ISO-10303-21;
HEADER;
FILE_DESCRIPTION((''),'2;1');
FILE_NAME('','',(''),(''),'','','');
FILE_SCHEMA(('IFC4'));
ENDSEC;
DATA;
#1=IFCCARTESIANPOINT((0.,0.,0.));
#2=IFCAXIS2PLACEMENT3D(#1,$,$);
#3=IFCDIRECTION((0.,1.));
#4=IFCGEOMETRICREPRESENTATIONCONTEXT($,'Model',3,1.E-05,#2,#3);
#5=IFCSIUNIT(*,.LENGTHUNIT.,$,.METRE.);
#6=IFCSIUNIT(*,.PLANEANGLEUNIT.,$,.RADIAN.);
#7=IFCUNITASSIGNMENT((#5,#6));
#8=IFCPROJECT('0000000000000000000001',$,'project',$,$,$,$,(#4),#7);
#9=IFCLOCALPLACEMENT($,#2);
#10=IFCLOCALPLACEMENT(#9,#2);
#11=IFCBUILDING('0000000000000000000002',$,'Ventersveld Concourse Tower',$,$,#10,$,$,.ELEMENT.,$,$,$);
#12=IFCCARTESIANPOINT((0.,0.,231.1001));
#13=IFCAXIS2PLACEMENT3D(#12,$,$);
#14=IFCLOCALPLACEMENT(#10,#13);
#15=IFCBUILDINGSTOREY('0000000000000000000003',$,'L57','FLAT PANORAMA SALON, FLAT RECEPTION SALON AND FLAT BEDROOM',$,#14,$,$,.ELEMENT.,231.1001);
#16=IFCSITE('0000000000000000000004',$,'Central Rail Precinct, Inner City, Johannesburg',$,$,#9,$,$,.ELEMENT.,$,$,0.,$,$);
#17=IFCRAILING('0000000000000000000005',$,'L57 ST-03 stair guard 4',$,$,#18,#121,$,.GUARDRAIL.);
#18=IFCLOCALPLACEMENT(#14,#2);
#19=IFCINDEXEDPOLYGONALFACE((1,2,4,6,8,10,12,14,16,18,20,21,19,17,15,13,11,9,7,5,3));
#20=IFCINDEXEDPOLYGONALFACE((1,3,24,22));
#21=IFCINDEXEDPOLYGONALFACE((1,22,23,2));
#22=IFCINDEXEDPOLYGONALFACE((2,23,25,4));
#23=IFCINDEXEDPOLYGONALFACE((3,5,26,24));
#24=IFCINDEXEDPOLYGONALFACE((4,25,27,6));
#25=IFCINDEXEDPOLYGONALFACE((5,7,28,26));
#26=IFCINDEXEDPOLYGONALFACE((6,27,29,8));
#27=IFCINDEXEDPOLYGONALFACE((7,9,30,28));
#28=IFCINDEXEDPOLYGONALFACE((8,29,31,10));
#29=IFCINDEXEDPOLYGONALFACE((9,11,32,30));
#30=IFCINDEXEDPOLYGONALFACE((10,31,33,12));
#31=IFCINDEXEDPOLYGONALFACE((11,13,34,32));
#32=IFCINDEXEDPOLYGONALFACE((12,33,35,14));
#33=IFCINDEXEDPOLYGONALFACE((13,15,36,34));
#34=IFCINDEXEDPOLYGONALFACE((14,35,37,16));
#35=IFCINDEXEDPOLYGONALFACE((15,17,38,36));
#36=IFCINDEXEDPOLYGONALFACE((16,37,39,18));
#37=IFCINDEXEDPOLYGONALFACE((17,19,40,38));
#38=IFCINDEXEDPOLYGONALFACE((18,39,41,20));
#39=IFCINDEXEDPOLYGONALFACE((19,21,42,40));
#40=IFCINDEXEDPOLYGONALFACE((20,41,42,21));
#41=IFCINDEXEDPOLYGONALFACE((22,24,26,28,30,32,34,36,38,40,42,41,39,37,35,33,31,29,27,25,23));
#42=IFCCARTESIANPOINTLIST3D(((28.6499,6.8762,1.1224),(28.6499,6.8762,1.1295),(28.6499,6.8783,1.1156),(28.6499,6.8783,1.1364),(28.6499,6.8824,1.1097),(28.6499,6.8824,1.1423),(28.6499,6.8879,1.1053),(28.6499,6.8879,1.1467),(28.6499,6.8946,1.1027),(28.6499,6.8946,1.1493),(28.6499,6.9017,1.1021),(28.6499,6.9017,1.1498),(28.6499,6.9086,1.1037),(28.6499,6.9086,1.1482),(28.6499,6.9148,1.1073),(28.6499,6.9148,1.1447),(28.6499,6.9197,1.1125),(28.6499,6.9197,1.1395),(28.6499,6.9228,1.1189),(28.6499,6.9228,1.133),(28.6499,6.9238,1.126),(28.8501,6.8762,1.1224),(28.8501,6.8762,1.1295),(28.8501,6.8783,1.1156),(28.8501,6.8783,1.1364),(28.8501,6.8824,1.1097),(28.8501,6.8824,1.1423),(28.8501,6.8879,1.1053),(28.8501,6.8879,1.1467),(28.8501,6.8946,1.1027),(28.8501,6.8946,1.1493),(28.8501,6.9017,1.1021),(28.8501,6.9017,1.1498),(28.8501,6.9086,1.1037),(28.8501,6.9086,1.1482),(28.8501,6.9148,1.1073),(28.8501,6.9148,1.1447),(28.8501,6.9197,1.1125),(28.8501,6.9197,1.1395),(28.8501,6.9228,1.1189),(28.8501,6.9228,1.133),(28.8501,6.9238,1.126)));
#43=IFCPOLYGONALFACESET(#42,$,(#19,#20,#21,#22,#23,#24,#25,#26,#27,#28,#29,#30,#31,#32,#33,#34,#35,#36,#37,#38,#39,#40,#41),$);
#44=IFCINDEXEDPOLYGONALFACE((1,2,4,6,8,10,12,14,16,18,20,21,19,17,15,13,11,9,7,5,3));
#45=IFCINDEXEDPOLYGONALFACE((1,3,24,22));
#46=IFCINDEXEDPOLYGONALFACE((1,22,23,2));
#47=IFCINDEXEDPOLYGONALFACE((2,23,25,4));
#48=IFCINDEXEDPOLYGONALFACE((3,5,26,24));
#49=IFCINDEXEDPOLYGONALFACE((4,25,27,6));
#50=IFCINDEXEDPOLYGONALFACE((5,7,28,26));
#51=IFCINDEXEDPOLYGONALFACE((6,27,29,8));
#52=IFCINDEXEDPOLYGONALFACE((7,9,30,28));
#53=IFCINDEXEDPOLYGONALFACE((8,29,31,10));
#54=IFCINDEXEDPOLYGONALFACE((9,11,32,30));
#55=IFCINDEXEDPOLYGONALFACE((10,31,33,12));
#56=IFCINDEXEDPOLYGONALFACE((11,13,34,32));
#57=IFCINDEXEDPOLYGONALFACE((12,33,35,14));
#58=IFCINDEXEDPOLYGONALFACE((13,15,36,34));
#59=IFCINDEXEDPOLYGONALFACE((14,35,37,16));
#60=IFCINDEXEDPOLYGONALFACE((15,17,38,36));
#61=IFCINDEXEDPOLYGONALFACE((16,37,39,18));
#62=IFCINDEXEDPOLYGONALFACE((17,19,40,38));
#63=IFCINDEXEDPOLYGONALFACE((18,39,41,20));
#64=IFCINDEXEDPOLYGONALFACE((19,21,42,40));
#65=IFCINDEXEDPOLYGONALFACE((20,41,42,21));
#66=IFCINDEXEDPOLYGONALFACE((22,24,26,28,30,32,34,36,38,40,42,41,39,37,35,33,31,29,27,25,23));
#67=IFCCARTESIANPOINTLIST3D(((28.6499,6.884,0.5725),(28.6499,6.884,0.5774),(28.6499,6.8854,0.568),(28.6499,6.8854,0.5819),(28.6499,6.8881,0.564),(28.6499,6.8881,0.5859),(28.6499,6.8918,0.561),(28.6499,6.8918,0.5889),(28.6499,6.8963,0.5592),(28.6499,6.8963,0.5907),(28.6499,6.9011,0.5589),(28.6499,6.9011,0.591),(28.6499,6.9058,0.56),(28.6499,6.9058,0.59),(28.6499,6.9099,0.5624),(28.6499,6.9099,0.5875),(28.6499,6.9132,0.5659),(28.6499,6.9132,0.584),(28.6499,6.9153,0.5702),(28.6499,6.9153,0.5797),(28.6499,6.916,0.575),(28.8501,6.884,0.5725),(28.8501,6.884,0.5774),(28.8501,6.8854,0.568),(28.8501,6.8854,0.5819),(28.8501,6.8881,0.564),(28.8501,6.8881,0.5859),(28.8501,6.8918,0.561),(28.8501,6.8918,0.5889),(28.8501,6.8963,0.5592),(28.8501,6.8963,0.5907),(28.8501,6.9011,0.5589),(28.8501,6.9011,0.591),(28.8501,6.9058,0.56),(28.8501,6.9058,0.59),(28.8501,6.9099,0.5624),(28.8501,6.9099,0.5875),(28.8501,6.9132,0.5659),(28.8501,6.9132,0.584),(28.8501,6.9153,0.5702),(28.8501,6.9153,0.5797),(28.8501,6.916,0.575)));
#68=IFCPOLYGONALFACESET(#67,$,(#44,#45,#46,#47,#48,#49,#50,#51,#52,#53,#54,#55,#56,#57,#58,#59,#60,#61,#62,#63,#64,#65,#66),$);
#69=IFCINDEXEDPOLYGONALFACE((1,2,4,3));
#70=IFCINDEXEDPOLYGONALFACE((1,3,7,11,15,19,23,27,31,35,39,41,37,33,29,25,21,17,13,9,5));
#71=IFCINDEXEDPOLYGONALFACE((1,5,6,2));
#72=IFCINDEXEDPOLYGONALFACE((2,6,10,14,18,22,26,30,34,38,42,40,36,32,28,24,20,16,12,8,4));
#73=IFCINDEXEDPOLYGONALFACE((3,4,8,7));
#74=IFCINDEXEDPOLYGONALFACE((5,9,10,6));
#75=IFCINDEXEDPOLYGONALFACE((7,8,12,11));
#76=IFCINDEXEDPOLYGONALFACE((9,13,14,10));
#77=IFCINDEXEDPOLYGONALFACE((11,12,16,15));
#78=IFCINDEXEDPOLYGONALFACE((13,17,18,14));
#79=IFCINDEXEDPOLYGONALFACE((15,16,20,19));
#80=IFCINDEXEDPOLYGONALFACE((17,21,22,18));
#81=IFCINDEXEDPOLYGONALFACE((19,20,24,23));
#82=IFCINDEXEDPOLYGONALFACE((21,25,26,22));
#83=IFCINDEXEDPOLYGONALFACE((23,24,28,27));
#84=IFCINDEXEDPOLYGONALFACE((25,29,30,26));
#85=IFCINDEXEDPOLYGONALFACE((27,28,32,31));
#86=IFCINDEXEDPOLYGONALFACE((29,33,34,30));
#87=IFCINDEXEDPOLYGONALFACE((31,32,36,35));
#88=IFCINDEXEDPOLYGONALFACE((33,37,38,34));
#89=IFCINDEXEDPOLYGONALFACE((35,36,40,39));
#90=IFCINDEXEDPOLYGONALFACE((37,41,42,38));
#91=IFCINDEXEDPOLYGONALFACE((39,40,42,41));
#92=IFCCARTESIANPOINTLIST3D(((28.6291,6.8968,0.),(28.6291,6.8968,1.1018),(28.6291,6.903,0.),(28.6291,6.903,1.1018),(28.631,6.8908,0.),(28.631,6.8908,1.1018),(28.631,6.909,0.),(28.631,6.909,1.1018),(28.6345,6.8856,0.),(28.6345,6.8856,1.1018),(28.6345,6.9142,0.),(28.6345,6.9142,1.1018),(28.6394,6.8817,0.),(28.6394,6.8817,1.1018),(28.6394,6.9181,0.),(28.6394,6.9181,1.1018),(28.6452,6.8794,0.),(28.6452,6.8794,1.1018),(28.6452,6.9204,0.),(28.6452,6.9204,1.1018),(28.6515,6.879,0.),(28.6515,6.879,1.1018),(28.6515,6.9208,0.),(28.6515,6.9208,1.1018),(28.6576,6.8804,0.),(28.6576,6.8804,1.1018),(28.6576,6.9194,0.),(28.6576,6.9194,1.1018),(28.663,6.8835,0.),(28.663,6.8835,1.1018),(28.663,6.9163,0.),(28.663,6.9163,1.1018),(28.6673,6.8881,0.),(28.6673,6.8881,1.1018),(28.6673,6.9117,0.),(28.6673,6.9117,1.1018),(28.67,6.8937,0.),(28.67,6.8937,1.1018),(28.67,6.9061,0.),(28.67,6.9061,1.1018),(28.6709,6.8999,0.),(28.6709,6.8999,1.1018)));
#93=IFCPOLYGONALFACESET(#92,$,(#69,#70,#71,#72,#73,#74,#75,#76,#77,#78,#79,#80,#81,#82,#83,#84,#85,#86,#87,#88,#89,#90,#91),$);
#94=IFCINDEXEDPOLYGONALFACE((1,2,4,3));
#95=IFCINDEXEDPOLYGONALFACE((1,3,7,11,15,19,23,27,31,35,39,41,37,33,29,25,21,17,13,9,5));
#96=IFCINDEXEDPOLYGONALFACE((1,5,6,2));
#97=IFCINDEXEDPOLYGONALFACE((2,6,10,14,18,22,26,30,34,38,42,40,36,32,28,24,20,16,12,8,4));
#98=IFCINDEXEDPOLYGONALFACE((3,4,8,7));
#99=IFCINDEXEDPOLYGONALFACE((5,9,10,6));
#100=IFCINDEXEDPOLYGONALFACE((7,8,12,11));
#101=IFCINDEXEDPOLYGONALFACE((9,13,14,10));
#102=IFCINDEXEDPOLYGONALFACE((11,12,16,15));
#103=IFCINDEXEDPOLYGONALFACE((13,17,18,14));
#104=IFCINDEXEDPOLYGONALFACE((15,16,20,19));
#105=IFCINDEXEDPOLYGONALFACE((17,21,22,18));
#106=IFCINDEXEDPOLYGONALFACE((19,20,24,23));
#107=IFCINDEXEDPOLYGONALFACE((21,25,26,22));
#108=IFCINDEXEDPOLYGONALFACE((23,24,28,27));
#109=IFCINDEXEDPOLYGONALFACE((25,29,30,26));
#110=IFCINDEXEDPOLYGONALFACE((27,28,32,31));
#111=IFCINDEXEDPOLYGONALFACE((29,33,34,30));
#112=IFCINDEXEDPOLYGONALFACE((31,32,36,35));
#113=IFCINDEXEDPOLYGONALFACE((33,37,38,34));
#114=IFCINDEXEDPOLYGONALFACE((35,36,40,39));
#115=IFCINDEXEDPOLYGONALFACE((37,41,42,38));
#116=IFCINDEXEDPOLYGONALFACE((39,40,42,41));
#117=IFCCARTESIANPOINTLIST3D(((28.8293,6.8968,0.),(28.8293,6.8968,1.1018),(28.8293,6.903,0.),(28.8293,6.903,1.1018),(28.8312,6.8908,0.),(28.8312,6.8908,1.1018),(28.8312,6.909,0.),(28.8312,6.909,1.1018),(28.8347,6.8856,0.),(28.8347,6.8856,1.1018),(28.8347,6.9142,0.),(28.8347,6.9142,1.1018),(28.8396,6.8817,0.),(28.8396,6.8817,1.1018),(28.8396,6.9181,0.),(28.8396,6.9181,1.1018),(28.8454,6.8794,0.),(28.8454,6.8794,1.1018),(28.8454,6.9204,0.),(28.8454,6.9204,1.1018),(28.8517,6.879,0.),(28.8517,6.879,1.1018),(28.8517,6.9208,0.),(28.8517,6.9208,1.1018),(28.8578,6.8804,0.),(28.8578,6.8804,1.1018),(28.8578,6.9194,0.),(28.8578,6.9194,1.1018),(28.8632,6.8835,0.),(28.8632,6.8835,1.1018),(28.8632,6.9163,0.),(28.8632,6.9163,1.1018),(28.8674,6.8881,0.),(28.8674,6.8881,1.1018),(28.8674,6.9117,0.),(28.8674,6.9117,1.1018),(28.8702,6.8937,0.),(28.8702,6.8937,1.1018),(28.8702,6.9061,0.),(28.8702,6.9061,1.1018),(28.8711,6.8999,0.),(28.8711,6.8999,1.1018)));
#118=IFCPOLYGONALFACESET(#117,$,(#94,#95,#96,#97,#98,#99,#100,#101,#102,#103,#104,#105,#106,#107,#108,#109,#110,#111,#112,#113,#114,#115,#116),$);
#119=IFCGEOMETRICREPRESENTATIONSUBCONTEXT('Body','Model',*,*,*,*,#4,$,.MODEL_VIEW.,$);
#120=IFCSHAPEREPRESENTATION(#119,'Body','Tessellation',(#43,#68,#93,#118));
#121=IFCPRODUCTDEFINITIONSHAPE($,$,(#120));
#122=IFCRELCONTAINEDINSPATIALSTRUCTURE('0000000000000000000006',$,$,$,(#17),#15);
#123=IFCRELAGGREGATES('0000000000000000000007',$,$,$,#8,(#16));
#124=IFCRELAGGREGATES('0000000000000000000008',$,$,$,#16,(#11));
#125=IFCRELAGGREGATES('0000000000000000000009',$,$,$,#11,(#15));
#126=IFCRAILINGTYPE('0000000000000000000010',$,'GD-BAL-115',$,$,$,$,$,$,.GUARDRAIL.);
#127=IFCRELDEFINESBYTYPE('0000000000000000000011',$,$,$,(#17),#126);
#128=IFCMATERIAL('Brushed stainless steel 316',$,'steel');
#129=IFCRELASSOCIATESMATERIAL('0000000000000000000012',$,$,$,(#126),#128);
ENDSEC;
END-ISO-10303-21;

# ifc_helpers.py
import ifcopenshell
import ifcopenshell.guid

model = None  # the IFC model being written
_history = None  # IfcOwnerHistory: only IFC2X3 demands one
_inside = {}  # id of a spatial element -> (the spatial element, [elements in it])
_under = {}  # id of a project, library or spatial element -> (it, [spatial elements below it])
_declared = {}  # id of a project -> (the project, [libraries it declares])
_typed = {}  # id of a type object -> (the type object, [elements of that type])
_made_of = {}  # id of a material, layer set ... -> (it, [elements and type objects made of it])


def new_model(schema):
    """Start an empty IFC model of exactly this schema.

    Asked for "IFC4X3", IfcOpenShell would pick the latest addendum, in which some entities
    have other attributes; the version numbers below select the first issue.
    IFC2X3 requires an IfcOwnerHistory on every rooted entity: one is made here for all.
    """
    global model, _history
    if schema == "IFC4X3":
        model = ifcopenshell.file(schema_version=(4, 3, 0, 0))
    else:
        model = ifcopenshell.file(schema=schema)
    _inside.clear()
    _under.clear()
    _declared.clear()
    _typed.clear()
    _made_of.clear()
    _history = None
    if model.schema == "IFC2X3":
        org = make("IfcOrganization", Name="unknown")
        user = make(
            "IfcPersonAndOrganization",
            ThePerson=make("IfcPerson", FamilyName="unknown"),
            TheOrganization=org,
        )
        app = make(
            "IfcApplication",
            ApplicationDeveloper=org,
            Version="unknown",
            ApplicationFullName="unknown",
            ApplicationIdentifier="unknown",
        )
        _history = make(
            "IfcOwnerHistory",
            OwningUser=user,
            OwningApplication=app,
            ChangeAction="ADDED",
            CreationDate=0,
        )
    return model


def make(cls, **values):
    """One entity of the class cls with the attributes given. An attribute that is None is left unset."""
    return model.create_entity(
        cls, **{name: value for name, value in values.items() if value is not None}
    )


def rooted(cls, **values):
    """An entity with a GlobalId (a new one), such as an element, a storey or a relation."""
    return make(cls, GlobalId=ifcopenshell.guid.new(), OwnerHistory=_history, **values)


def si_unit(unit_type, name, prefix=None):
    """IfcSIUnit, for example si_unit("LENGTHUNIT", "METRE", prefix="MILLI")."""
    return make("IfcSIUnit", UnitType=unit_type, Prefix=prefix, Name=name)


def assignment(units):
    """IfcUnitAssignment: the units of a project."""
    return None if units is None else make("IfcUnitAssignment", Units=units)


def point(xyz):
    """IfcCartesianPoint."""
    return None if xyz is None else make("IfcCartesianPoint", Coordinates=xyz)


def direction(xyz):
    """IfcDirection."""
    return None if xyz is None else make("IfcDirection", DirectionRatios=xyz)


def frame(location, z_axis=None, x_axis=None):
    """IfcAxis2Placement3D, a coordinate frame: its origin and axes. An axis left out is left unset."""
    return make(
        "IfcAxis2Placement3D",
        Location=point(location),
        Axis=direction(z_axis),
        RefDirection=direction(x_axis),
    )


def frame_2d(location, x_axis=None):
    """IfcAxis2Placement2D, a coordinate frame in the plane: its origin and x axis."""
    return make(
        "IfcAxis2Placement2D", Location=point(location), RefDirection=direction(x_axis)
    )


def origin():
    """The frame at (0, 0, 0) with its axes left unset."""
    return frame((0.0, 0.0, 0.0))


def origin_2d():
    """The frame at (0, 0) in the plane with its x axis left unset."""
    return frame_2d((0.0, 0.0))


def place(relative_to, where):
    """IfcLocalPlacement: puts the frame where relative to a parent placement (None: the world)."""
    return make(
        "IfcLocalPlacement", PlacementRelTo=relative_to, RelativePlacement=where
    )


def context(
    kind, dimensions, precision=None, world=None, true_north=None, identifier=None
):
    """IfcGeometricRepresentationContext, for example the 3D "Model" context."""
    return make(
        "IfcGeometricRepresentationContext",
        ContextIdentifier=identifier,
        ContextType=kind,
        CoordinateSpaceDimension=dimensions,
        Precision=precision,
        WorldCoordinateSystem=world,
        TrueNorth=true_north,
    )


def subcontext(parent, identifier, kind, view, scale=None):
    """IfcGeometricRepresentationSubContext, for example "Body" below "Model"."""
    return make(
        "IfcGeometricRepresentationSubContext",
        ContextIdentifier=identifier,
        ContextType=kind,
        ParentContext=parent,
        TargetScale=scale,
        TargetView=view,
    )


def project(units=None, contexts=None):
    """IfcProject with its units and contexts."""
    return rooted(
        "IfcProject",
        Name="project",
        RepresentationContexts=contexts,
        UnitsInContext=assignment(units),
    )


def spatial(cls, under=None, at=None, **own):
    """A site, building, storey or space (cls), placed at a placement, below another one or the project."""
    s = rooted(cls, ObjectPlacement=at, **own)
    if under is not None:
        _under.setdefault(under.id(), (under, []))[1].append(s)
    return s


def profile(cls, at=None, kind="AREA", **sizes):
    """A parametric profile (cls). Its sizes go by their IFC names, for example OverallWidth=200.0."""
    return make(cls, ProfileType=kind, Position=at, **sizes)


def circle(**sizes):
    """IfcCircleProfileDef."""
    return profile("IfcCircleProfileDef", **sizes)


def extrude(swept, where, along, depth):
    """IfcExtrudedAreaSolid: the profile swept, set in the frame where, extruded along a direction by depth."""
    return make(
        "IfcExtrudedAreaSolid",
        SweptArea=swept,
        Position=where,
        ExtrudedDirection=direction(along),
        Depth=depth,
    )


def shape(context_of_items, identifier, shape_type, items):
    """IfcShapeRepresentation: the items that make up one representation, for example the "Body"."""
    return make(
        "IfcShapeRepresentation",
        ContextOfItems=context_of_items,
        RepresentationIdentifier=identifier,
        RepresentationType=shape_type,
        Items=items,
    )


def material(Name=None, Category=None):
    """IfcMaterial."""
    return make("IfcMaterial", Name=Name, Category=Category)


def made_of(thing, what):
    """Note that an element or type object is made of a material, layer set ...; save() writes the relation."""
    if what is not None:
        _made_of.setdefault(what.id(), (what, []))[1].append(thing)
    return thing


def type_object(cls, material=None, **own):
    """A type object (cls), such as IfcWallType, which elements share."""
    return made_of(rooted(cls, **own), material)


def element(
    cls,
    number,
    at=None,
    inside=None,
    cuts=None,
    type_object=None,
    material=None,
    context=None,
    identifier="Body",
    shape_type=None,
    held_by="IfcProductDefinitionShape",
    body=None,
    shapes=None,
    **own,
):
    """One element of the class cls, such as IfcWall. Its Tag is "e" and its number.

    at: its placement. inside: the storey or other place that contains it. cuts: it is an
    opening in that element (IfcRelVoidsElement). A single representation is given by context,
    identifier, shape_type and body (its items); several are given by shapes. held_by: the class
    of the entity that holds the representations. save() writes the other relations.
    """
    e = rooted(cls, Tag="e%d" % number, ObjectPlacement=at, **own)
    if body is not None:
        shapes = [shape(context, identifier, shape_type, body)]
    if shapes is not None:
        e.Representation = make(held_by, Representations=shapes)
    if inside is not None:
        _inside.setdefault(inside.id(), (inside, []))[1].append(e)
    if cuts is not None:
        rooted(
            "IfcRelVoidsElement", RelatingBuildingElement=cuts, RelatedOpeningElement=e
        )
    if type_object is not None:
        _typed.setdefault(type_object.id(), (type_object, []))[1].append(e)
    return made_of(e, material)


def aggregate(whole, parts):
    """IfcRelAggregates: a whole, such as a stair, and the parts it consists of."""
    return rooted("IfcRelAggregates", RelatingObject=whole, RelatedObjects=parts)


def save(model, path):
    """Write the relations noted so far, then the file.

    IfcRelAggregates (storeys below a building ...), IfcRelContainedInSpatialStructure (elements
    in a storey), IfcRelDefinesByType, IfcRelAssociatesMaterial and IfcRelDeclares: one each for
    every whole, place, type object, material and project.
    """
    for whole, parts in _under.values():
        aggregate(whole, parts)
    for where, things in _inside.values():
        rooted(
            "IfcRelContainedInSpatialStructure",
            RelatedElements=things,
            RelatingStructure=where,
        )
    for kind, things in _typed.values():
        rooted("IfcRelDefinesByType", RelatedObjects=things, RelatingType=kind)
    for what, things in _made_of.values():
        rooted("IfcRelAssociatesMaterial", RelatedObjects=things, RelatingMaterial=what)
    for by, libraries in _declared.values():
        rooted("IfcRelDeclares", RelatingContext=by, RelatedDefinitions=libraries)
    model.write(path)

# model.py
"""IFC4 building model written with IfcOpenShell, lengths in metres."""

from ifc_helpers import new_model, si_unit, direction, frame, origin, origin_2d, place, context, subcontext, project, spatial, circle, extrude, material, type_object, element, save


model = new_model("IFC4")

# Units and contexts
model_context = context("Model", 3, precision=1e-05, world=origin(), true_north=direction((0.0, 1.0)))
body_context = subcontext(model_context, "Body", "Model", "MODEL_VIEW")
ifc_project = project(units=[si_unit("LENGTHUNIT", "METRE"), si_unit("PLANEANGLEUNIT", "RADIAN")], contexts=[model_context])

# Site, building, storey
site_placement = place(None, origin())
site = spatial("IfcSite", under=ifc_project, at=site_placement, Name="Central Rail Precinct, Inner City, Johannesburg", CompositionType="ELEMENT", RefElevation=0.0)
building_placement = place(site_placement, origin())
building = spatial("IfcBuilding", under=site, at=building_placement, Name="Ventersveld Concourse Tower", CompositionType="ELEMENT")
storey_placement = place(building_placement, frame((0.0, 0.0, 231.1001)))
storey = spatial("IfcBuildingStorey", under=building, at=storey_placement, Name="L57", Description="FLAT PANORAMA SALON, FLAT RECEPTION SALON AND FLAT BEDROOM", CompositionType="ELEMENT", Elevation=231.1001)

# Railing
ifc_material_1 = material(Name="Brushed stainless steel 316", Category="steel")
railing_type_1 = type_object("IfcRailingType", Name="GD-BAL-115", PredefinedType="GUARDRAIL", material=ifc_material_1)
railing_1_placement = place(storey_placement, frame((28.6499, 6.8999, 0.0)))
element("IfcRailing", 1, at=railing_1_placement, inside=storey, type_object=railing_type_1, Name="L57 ST-03 stair guard 4", PredefinedType="GUARDRAIL", context=body_context, shape_type="SweptSolid", body=[
    extrude(circle(Radius=0.0239, at=origin_2d()), frame((0.0, 0.0, 1.126), z_axis=(1.0, 0.0, 0.0), x_axis=(0.0, 1.0, 0.0)), (0.0, 0.0, 1.0), 0.2002),
    extrude(circle(Radius=0.0161, at=origin_2d()), frame((0.0, 0.0, 0.575), z_axis=(1.0, 0.0, 0.0), x_axis=(0.0, 1.0, 0.0)), (0.0, 0.0, 1.0), 0.2002),
    extrude(circle(Radius=0.021, at=origin_2d()), origin(), (0.0, 0.0, 1.0), 1.1018),
    extrude(circle(Radius=0.021, at=origin_2d()), frame((0.2002, 0.0, 0.0)), (0.0, 0.0, 1.0), 1.1018),
])

save(model, "model.ifc")
